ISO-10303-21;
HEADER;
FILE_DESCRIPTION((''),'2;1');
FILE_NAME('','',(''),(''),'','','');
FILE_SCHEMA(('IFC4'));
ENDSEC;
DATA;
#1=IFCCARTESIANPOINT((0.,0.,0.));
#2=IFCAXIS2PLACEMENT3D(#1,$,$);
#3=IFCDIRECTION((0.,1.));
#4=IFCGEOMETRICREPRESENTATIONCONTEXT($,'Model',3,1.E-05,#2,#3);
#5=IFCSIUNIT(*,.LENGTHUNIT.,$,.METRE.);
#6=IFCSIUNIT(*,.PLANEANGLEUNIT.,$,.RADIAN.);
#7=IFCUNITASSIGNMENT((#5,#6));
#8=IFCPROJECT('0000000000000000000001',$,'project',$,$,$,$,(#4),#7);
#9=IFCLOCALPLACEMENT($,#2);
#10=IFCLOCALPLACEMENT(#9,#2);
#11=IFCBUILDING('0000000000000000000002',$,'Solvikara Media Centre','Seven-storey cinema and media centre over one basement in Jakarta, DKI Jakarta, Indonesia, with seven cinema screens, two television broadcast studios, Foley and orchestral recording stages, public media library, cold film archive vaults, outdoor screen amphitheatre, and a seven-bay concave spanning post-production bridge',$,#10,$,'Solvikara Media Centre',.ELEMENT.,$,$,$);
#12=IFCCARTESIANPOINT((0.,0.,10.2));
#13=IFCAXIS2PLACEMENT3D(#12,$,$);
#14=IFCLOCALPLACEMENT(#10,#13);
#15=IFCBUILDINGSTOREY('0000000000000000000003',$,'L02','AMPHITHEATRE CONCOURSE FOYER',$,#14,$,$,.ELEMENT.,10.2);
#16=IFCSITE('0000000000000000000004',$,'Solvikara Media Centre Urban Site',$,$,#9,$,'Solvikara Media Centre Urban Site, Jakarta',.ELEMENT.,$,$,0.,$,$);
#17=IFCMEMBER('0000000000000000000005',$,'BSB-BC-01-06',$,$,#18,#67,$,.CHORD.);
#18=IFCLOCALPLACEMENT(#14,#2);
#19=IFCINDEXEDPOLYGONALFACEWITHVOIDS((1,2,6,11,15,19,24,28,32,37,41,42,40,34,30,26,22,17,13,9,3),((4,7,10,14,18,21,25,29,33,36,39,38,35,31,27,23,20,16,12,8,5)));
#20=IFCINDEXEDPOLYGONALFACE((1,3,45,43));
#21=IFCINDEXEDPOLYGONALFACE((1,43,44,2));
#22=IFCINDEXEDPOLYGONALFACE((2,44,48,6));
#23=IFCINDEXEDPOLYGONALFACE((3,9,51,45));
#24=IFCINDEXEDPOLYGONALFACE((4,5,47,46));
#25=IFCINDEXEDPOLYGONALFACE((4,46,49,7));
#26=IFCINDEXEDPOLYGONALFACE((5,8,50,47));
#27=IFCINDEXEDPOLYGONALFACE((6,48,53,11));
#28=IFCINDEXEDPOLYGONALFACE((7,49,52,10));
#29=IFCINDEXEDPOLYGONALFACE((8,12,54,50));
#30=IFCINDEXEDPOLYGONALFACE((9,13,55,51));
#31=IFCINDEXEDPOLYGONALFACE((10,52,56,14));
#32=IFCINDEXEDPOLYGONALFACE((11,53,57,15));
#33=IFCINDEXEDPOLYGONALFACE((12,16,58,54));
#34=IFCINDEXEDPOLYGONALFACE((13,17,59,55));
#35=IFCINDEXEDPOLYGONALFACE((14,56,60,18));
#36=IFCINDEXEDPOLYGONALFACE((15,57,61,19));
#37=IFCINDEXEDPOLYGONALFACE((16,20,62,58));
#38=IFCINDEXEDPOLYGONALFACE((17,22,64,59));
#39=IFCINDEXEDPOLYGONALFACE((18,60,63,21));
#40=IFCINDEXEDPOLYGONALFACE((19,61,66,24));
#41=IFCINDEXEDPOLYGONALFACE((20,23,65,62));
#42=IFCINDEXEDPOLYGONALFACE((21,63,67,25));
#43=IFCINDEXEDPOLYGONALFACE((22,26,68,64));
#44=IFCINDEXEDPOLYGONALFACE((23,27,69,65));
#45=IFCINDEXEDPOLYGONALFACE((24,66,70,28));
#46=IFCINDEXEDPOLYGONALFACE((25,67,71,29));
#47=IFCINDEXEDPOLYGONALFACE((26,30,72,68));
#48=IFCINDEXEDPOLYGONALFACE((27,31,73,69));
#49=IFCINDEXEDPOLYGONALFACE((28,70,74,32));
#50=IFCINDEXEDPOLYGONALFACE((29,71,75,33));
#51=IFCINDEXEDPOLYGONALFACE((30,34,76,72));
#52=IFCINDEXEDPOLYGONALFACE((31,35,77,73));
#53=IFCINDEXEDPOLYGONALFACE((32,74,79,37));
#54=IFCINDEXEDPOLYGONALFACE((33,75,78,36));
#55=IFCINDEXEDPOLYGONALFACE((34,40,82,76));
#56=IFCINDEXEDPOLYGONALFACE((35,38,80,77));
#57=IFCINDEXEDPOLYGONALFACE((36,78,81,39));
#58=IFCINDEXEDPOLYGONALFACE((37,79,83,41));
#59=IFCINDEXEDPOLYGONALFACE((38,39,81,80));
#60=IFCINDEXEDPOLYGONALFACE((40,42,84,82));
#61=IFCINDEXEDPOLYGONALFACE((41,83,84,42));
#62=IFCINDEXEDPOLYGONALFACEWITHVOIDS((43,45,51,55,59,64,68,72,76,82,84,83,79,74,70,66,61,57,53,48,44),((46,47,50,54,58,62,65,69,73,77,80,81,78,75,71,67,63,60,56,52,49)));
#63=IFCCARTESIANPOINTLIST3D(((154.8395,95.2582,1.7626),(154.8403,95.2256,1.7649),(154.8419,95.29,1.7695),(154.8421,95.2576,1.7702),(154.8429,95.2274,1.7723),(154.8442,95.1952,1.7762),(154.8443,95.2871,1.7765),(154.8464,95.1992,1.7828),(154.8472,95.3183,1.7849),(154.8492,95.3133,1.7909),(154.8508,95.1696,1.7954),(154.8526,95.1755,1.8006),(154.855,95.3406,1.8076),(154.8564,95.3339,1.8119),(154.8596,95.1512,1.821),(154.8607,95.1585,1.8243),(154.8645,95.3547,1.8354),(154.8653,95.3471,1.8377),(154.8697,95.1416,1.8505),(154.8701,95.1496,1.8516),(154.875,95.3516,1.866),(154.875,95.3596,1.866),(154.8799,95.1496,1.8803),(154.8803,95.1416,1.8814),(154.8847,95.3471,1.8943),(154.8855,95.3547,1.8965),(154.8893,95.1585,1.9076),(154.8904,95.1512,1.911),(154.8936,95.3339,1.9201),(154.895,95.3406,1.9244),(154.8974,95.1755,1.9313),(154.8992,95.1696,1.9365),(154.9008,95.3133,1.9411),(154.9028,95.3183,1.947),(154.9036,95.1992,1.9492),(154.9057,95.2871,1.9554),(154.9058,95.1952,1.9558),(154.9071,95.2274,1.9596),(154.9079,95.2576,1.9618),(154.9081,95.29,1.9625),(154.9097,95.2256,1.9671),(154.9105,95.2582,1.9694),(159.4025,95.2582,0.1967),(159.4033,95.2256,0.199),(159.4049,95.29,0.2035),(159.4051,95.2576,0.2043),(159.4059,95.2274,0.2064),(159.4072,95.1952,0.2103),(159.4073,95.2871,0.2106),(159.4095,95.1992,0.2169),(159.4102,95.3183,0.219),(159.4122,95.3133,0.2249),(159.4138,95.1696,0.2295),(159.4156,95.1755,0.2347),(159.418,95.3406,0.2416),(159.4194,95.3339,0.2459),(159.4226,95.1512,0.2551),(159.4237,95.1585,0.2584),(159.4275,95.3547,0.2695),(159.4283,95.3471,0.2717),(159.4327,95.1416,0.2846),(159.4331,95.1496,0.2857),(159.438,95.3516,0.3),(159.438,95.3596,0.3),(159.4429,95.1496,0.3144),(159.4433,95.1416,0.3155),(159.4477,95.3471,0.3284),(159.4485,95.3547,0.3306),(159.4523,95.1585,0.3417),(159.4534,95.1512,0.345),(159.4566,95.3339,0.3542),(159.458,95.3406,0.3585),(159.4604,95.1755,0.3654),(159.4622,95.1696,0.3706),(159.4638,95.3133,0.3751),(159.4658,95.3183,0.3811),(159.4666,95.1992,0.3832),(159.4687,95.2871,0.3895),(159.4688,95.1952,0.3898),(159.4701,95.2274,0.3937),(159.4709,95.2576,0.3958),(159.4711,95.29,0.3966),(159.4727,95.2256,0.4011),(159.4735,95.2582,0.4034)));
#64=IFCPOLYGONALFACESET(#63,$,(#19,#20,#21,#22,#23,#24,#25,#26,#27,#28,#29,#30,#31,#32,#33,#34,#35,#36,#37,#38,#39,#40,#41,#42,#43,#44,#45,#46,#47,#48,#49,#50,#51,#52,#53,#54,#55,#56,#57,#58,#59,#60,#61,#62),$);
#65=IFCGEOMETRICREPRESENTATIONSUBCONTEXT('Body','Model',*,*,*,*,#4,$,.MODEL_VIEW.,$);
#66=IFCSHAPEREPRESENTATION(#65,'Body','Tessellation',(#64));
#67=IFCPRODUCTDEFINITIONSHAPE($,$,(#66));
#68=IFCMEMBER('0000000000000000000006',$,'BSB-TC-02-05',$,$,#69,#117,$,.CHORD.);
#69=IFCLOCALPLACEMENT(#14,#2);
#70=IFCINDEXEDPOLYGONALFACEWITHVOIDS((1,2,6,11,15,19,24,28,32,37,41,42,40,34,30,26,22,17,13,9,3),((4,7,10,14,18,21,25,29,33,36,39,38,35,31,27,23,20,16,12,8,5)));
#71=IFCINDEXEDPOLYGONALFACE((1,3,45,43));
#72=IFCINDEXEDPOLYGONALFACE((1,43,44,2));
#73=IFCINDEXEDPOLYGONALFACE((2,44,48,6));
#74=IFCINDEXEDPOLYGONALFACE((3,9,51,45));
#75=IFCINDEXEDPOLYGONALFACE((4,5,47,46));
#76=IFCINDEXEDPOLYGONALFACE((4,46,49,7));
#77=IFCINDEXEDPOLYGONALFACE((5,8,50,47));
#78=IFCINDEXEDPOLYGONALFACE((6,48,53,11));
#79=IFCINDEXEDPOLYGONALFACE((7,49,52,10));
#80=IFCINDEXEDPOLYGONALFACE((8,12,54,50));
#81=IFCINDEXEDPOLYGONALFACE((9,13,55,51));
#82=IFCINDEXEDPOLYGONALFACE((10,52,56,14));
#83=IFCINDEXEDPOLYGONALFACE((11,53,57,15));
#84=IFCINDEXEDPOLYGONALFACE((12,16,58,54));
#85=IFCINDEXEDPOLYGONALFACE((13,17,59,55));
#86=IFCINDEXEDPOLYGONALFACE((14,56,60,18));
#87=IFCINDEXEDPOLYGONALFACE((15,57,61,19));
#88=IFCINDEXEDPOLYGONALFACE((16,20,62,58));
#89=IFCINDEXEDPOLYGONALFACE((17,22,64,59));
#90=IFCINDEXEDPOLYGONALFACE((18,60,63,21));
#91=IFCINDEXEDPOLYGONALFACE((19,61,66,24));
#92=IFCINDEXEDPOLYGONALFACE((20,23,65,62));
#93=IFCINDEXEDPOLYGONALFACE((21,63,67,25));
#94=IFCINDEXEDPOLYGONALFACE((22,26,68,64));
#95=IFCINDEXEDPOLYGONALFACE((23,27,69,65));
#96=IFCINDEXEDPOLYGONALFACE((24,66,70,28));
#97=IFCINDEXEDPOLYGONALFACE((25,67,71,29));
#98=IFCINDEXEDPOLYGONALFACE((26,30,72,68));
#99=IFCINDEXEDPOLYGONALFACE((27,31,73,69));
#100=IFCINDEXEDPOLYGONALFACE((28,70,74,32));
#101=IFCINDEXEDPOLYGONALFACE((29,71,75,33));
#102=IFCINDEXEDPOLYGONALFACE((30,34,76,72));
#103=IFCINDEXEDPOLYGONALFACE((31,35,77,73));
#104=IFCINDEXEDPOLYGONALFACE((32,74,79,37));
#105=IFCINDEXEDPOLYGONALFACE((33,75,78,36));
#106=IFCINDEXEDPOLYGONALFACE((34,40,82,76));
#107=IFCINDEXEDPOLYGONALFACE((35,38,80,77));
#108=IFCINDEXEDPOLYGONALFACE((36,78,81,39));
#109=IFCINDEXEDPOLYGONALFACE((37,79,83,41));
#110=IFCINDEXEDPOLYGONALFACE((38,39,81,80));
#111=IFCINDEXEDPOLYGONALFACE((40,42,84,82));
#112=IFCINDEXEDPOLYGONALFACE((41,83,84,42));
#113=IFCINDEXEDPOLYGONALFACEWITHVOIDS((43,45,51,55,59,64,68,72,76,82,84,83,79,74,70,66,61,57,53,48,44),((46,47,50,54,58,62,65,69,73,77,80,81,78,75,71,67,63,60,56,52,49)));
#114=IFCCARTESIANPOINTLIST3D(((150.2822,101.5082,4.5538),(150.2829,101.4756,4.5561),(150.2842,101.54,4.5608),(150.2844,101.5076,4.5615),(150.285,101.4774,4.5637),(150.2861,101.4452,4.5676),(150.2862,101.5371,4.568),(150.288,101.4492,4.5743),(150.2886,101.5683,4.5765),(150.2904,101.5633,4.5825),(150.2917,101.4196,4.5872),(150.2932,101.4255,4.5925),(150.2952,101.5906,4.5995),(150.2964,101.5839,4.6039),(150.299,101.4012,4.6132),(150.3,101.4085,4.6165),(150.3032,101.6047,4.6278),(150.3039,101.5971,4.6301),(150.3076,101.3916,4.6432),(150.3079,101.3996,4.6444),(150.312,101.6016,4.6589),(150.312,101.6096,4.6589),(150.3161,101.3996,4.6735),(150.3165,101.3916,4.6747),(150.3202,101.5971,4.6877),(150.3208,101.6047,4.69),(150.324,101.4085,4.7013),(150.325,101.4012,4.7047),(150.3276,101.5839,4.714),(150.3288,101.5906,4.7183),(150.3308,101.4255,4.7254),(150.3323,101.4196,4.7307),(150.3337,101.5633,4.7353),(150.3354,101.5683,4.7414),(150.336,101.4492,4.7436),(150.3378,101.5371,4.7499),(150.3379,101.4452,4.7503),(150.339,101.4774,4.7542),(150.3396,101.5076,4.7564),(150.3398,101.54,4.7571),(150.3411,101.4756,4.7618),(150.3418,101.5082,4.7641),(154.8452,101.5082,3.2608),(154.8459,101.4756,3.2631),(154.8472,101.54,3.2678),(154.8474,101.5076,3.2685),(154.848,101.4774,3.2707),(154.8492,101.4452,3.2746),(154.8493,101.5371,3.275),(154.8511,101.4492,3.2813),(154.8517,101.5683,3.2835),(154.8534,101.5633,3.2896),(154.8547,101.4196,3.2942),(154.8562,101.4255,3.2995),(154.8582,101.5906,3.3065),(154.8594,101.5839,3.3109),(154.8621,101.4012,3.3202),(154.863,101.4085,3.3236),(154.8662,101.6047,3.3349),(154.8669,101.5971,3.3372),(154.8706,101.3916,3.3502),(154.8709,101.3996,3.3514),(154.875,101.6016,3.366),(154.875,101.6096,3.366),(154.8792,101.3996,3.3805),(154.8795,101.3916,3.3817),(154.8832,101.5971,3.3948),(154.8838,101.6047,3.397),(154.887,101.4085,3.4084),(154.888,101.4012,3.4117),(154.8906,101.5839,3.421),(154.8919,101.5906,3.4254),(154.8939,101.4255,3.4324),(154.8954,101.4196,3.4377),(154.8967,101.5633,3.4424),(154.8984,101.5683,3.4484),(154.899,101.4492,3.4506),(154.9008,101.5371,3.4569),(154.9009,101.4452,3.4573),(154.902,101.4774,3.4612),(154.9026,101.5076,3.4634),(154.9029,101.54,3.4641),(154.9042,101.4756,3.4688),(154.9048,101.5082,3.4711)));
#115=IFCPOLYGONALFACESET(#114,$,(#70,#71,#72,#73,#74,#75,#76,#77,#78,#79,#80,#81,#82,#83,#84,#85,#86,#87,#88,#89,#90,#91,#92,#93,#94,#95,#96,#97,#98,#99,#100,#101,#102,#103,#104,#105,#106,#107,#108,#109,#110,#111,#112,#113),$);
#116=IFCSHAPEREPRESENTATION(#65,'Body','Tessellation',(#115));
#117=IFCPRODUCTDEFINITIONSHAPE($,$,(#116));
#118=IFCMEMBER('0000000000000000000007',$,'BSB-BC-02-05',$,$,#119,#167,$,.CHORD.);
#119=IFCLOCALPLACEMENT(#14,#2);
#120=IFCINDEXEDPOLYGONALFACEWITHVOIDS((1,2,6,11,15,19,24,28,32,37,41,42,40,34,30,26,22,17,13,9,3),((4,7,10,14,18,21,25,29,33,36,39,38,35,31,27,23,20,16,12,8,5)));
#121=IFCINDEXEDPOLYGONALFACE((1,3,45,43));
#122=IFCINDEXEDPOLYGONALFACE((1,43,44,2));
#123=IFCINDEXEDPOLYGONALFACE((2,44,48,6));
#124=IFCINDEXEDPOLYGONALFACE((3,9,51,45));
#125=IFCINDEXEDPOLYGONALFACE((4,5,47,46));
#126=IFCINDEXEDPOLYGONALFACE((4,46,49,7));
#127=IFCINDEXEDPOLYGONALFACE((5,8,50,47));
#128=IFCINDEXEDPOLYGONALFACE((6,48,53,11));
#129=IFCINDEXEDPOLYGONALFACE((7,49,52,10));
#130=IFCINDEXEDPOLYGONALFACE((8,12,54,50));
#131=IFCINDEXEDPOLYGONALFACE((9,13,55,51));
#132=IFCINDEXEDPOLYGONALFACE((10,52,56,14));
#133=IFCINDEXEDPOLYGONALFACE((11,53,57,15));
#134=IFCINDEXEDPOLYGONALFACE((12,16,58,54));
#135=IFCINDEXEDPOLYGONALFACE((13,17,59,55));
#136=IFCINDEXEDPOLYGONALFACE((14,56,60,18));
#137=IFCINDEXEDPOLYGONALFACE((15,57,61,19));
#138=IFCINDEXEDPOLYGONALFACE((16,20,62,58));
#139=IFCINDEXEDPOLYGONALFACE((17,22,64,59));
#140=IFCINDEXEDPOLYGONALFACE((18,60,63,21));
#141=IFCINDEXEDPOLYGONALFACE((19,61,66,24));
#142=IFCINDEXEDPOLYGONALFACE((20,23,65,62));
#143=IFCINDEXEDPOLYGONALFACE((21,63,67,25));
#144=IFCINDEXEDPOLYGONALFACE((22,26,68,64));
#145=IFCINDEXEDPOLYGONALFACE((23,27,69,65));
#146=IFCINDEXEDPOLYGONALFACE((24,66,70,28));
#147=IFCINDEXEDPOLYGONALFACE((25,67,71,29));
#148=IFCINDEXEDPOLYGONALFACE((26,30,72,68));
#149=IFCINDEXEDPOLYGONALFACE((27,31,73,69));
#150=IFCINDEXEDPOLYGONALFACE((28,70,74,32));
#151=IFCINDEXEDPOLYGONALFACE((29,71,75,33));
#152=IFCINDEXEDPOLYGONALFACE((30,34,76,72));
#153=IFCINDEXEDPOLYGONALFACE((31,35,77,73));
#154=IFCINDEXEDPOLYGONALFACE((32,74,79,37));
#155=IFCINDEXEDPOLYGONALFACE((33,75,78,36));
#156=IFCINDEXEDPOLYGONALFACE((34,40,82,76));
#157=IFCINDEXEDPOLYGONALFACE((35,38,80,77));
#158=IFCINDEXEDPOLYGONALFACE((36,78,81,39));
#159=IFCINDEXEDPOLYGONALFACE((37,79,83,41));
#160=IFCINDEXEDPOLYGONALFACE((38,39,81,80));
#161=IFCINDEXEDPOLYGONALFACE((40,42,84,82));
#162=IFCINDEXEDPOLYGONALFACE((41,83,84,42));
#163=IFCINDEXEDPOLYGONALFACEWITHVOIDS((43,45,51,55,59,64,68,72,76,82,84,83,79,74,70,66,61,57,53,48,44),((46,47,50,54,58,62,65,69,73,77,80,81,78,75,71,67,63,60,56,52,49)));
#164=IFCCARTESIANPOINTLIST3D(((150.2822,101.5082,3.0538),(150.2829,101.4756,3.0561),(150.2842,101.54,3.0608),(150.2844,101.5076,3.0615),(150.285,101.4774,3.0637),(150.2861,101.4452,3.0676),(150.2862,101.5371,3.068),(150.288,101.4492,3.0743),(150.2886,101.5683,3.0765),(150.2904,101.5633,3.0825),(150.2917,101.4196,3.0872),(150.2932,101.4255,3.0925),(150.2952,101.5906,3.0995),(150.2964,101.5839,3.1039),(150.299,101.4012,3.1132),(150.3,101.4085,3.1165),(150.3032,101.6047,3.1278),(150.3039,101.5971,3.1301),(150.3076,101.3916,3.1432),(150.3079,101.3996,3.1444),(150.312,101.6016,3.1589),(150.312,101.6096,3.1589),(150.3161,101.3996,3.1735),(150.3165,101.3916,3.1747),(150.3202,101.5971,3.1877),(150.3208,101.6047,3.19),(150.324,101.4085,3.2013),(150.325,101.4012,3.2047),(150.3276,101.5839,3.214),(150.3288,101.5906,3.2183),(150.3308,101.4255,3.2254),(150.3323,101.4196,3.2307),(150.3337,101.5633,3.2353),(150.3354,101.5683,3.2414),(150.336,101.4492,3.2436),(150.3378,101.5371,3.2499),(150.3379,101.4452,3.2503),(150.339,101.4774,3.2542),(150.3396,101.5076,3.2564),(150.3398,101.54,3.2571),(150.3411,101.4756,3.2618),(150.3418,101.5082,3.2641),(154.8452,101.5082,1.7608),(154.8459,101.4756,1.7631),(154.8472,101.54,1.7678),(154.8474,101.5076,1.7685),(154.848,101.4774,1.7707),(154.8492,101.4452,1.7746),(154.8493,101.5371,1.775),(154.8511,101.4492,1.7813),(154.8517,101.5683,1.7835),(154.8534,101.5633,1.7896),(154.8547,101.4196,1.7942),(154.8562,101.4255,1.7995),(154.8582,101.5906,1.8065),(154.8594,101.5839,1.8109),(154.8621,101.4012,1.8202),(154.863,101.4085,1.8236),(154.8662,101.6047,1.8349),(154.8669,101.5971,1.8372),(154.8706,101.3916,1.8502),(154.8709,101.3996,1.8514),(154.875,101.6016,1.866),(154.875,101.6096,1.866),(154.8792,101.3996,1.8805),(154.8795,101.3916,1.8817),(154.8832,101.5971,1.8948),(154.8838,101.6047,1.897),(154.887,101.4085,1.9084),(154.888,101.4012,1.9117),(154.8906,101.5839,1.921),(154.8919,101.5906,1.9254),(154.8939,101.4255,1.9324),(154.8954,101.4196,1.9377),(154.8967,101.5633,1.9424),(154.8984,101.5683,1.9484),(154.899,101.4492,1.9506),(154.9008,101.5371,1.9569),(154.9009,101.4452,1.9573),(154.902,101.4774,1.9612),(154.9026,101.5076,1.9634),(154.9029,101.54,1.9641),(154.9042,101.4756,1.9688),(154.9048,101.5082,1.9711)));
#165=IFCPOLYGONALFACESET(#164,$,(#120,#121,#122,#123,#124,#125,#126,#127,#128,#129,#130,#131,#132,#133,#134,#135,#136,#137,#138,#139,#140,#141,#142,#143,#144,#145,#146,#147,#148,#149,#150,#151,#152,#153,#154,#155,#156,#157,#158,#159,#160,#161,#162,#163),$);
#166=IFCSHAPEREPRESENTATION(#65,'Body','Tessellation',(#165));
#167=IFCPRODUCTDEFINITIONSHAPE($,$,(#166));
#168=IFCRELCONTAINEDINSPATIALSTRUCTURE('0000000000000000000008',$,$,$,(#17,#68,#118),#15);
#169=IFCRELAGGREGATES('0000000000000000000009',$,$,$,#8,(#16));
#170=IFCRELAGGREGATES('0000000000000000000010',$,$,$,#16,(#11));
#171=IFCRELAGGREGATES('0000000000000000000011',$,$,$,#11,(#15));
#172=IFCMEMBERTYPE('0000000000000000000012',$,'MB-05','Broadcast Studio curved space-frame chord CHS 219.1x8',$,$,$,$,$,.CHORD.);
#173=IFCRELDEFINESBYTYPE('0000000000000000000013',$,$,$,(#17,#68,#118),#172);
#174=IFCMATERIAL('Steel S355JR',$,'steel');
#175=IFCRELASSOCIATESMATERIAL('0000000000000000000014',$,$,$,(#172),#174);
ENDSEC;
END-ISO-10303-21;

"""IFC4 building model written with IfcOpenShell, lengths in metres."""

from ifc_helpers import new_model, si_unit, direction, frame, origin, origin_2d, place, context, subcontext, project, spatial, hollow_circle, extrude, material, material_profile, profile_set, type_object, element, save


model = new_model("IFC4")

# Units and contexts
model_context = context("Model", 3, precision=1e-05, world=origin(), true_north=direction((0.0, 1.0)))
body_context = subcontext(model_context, "Body", "Model", "MODEL_VIEW")
ifc_project = project(units=[si_unit("LENGTHUNIT", "METRE"), si_unit("PLANEANGLEUNIT", "RADIAN")], contexts=[model_context])

# Site, building, storey
site_placement = place(None, origin())
site = spatial("IfcSite", under=ifc_project, at=site_placement, Name="Solvikara Media Centre Urban Site", LongName="Solvikara Media Centre Urban Site, Jakarta", CompositionType="ELEMENT", RefElevation=0.0)
building_placement = place(site_placement, origin())
building = spatial("IfcBuilding", under=site, at=building_placement, Name="Solvikara Media Centre", Description="Seven-storey cinema and media centre over one basement in Jakarta, DKI Jakarta, Indonesia, with seven cinema screens, two television broadcast studios, Foley and orchestral recording stages, public media library, cold film archive vaults, outdoor screen amphitheatre, and a seven-bay concave spanning post-production bridge", LongName="Solvikara Media Centre", CompositionType="ELEMENT")
storey_placement = place(building_placement, frame((0.0, 0.0, 10.2)))
storey = spatial("IfcBuildingStorey", under=building, at=storey_placement, Name="L02", Description="AMPHITHEATRE CONCOURSE FOYER", CompositionType="ELEMENT", Elevation=10.2)

# Members
ifc_material_1 = material(Name="Steel S355JR", Category="steel")
ifc_material_profile_1 = material_profile(ifc_material_1, hollow_circle(Radius=0.1096, WallThickness=0.0081, at=origin_2d()), Name="CHS 219.1x8")
ifc_profile_set_1 = profile_set([ifc_material_profile_1], Name="Steel S355JR")
member_type_1 = type_object("IfcMemberType", Name="MB-05", Description="Broadcast Studio curved space-frame chord CHS 219.1x8", PredefinedType="CHORD", material=ifc_profile_set_1)
member_1_placement = place(storey_placement, frame((154.875, 95.25, 1.866), z_axis=(0.945853, 0.0, -0.324596), x_axis=(0.0, 1.0, 0.0)))
element("IfcMember", 1, at=member_1_placement, inside=storey, type_object=member_type_1, Name="BSB-BC-01-06", PredefinedType="CHORD", context=body_context, shape_type="SweptSolid", body=[
    extrude(hollow_circle(Radius=0.1096, WallThickness=0.0081, at=origin_2d()), origin(), (0.0, 0.0, 1.0), 4.8242),
])
for number, where, z_axis, x_axis, name in (
    (2, (150.312, 101.5, 4.6589), (0.96212, 0.0, -0.272626), (0.0, 1.0, 0.0), "BSB-TC-02-05"),
    (3, (150.312, 101.5, 3.1589), (0.96212, 0.0, -0.272626), (0.0, 1.0, 0.0), "BSB-BC-02-05"),
):
    element("IfcMember", number, at=place(storey_placement, frame(where, z_axis=z_axis, x_axis=x_axis)), inside=storey, type_object=member_type_1, Name=name, PredefinedType="CHORD", context=body_context, shape_type="SweptSolid", body=[
        extrude(hollow_circle(Radius=0.1096, WallThickness=0.0081, at=origin_2d()), origin(), (0.0, 0.0, 1.0), 4.7427),
    ])

save(model, "model.ifc")
